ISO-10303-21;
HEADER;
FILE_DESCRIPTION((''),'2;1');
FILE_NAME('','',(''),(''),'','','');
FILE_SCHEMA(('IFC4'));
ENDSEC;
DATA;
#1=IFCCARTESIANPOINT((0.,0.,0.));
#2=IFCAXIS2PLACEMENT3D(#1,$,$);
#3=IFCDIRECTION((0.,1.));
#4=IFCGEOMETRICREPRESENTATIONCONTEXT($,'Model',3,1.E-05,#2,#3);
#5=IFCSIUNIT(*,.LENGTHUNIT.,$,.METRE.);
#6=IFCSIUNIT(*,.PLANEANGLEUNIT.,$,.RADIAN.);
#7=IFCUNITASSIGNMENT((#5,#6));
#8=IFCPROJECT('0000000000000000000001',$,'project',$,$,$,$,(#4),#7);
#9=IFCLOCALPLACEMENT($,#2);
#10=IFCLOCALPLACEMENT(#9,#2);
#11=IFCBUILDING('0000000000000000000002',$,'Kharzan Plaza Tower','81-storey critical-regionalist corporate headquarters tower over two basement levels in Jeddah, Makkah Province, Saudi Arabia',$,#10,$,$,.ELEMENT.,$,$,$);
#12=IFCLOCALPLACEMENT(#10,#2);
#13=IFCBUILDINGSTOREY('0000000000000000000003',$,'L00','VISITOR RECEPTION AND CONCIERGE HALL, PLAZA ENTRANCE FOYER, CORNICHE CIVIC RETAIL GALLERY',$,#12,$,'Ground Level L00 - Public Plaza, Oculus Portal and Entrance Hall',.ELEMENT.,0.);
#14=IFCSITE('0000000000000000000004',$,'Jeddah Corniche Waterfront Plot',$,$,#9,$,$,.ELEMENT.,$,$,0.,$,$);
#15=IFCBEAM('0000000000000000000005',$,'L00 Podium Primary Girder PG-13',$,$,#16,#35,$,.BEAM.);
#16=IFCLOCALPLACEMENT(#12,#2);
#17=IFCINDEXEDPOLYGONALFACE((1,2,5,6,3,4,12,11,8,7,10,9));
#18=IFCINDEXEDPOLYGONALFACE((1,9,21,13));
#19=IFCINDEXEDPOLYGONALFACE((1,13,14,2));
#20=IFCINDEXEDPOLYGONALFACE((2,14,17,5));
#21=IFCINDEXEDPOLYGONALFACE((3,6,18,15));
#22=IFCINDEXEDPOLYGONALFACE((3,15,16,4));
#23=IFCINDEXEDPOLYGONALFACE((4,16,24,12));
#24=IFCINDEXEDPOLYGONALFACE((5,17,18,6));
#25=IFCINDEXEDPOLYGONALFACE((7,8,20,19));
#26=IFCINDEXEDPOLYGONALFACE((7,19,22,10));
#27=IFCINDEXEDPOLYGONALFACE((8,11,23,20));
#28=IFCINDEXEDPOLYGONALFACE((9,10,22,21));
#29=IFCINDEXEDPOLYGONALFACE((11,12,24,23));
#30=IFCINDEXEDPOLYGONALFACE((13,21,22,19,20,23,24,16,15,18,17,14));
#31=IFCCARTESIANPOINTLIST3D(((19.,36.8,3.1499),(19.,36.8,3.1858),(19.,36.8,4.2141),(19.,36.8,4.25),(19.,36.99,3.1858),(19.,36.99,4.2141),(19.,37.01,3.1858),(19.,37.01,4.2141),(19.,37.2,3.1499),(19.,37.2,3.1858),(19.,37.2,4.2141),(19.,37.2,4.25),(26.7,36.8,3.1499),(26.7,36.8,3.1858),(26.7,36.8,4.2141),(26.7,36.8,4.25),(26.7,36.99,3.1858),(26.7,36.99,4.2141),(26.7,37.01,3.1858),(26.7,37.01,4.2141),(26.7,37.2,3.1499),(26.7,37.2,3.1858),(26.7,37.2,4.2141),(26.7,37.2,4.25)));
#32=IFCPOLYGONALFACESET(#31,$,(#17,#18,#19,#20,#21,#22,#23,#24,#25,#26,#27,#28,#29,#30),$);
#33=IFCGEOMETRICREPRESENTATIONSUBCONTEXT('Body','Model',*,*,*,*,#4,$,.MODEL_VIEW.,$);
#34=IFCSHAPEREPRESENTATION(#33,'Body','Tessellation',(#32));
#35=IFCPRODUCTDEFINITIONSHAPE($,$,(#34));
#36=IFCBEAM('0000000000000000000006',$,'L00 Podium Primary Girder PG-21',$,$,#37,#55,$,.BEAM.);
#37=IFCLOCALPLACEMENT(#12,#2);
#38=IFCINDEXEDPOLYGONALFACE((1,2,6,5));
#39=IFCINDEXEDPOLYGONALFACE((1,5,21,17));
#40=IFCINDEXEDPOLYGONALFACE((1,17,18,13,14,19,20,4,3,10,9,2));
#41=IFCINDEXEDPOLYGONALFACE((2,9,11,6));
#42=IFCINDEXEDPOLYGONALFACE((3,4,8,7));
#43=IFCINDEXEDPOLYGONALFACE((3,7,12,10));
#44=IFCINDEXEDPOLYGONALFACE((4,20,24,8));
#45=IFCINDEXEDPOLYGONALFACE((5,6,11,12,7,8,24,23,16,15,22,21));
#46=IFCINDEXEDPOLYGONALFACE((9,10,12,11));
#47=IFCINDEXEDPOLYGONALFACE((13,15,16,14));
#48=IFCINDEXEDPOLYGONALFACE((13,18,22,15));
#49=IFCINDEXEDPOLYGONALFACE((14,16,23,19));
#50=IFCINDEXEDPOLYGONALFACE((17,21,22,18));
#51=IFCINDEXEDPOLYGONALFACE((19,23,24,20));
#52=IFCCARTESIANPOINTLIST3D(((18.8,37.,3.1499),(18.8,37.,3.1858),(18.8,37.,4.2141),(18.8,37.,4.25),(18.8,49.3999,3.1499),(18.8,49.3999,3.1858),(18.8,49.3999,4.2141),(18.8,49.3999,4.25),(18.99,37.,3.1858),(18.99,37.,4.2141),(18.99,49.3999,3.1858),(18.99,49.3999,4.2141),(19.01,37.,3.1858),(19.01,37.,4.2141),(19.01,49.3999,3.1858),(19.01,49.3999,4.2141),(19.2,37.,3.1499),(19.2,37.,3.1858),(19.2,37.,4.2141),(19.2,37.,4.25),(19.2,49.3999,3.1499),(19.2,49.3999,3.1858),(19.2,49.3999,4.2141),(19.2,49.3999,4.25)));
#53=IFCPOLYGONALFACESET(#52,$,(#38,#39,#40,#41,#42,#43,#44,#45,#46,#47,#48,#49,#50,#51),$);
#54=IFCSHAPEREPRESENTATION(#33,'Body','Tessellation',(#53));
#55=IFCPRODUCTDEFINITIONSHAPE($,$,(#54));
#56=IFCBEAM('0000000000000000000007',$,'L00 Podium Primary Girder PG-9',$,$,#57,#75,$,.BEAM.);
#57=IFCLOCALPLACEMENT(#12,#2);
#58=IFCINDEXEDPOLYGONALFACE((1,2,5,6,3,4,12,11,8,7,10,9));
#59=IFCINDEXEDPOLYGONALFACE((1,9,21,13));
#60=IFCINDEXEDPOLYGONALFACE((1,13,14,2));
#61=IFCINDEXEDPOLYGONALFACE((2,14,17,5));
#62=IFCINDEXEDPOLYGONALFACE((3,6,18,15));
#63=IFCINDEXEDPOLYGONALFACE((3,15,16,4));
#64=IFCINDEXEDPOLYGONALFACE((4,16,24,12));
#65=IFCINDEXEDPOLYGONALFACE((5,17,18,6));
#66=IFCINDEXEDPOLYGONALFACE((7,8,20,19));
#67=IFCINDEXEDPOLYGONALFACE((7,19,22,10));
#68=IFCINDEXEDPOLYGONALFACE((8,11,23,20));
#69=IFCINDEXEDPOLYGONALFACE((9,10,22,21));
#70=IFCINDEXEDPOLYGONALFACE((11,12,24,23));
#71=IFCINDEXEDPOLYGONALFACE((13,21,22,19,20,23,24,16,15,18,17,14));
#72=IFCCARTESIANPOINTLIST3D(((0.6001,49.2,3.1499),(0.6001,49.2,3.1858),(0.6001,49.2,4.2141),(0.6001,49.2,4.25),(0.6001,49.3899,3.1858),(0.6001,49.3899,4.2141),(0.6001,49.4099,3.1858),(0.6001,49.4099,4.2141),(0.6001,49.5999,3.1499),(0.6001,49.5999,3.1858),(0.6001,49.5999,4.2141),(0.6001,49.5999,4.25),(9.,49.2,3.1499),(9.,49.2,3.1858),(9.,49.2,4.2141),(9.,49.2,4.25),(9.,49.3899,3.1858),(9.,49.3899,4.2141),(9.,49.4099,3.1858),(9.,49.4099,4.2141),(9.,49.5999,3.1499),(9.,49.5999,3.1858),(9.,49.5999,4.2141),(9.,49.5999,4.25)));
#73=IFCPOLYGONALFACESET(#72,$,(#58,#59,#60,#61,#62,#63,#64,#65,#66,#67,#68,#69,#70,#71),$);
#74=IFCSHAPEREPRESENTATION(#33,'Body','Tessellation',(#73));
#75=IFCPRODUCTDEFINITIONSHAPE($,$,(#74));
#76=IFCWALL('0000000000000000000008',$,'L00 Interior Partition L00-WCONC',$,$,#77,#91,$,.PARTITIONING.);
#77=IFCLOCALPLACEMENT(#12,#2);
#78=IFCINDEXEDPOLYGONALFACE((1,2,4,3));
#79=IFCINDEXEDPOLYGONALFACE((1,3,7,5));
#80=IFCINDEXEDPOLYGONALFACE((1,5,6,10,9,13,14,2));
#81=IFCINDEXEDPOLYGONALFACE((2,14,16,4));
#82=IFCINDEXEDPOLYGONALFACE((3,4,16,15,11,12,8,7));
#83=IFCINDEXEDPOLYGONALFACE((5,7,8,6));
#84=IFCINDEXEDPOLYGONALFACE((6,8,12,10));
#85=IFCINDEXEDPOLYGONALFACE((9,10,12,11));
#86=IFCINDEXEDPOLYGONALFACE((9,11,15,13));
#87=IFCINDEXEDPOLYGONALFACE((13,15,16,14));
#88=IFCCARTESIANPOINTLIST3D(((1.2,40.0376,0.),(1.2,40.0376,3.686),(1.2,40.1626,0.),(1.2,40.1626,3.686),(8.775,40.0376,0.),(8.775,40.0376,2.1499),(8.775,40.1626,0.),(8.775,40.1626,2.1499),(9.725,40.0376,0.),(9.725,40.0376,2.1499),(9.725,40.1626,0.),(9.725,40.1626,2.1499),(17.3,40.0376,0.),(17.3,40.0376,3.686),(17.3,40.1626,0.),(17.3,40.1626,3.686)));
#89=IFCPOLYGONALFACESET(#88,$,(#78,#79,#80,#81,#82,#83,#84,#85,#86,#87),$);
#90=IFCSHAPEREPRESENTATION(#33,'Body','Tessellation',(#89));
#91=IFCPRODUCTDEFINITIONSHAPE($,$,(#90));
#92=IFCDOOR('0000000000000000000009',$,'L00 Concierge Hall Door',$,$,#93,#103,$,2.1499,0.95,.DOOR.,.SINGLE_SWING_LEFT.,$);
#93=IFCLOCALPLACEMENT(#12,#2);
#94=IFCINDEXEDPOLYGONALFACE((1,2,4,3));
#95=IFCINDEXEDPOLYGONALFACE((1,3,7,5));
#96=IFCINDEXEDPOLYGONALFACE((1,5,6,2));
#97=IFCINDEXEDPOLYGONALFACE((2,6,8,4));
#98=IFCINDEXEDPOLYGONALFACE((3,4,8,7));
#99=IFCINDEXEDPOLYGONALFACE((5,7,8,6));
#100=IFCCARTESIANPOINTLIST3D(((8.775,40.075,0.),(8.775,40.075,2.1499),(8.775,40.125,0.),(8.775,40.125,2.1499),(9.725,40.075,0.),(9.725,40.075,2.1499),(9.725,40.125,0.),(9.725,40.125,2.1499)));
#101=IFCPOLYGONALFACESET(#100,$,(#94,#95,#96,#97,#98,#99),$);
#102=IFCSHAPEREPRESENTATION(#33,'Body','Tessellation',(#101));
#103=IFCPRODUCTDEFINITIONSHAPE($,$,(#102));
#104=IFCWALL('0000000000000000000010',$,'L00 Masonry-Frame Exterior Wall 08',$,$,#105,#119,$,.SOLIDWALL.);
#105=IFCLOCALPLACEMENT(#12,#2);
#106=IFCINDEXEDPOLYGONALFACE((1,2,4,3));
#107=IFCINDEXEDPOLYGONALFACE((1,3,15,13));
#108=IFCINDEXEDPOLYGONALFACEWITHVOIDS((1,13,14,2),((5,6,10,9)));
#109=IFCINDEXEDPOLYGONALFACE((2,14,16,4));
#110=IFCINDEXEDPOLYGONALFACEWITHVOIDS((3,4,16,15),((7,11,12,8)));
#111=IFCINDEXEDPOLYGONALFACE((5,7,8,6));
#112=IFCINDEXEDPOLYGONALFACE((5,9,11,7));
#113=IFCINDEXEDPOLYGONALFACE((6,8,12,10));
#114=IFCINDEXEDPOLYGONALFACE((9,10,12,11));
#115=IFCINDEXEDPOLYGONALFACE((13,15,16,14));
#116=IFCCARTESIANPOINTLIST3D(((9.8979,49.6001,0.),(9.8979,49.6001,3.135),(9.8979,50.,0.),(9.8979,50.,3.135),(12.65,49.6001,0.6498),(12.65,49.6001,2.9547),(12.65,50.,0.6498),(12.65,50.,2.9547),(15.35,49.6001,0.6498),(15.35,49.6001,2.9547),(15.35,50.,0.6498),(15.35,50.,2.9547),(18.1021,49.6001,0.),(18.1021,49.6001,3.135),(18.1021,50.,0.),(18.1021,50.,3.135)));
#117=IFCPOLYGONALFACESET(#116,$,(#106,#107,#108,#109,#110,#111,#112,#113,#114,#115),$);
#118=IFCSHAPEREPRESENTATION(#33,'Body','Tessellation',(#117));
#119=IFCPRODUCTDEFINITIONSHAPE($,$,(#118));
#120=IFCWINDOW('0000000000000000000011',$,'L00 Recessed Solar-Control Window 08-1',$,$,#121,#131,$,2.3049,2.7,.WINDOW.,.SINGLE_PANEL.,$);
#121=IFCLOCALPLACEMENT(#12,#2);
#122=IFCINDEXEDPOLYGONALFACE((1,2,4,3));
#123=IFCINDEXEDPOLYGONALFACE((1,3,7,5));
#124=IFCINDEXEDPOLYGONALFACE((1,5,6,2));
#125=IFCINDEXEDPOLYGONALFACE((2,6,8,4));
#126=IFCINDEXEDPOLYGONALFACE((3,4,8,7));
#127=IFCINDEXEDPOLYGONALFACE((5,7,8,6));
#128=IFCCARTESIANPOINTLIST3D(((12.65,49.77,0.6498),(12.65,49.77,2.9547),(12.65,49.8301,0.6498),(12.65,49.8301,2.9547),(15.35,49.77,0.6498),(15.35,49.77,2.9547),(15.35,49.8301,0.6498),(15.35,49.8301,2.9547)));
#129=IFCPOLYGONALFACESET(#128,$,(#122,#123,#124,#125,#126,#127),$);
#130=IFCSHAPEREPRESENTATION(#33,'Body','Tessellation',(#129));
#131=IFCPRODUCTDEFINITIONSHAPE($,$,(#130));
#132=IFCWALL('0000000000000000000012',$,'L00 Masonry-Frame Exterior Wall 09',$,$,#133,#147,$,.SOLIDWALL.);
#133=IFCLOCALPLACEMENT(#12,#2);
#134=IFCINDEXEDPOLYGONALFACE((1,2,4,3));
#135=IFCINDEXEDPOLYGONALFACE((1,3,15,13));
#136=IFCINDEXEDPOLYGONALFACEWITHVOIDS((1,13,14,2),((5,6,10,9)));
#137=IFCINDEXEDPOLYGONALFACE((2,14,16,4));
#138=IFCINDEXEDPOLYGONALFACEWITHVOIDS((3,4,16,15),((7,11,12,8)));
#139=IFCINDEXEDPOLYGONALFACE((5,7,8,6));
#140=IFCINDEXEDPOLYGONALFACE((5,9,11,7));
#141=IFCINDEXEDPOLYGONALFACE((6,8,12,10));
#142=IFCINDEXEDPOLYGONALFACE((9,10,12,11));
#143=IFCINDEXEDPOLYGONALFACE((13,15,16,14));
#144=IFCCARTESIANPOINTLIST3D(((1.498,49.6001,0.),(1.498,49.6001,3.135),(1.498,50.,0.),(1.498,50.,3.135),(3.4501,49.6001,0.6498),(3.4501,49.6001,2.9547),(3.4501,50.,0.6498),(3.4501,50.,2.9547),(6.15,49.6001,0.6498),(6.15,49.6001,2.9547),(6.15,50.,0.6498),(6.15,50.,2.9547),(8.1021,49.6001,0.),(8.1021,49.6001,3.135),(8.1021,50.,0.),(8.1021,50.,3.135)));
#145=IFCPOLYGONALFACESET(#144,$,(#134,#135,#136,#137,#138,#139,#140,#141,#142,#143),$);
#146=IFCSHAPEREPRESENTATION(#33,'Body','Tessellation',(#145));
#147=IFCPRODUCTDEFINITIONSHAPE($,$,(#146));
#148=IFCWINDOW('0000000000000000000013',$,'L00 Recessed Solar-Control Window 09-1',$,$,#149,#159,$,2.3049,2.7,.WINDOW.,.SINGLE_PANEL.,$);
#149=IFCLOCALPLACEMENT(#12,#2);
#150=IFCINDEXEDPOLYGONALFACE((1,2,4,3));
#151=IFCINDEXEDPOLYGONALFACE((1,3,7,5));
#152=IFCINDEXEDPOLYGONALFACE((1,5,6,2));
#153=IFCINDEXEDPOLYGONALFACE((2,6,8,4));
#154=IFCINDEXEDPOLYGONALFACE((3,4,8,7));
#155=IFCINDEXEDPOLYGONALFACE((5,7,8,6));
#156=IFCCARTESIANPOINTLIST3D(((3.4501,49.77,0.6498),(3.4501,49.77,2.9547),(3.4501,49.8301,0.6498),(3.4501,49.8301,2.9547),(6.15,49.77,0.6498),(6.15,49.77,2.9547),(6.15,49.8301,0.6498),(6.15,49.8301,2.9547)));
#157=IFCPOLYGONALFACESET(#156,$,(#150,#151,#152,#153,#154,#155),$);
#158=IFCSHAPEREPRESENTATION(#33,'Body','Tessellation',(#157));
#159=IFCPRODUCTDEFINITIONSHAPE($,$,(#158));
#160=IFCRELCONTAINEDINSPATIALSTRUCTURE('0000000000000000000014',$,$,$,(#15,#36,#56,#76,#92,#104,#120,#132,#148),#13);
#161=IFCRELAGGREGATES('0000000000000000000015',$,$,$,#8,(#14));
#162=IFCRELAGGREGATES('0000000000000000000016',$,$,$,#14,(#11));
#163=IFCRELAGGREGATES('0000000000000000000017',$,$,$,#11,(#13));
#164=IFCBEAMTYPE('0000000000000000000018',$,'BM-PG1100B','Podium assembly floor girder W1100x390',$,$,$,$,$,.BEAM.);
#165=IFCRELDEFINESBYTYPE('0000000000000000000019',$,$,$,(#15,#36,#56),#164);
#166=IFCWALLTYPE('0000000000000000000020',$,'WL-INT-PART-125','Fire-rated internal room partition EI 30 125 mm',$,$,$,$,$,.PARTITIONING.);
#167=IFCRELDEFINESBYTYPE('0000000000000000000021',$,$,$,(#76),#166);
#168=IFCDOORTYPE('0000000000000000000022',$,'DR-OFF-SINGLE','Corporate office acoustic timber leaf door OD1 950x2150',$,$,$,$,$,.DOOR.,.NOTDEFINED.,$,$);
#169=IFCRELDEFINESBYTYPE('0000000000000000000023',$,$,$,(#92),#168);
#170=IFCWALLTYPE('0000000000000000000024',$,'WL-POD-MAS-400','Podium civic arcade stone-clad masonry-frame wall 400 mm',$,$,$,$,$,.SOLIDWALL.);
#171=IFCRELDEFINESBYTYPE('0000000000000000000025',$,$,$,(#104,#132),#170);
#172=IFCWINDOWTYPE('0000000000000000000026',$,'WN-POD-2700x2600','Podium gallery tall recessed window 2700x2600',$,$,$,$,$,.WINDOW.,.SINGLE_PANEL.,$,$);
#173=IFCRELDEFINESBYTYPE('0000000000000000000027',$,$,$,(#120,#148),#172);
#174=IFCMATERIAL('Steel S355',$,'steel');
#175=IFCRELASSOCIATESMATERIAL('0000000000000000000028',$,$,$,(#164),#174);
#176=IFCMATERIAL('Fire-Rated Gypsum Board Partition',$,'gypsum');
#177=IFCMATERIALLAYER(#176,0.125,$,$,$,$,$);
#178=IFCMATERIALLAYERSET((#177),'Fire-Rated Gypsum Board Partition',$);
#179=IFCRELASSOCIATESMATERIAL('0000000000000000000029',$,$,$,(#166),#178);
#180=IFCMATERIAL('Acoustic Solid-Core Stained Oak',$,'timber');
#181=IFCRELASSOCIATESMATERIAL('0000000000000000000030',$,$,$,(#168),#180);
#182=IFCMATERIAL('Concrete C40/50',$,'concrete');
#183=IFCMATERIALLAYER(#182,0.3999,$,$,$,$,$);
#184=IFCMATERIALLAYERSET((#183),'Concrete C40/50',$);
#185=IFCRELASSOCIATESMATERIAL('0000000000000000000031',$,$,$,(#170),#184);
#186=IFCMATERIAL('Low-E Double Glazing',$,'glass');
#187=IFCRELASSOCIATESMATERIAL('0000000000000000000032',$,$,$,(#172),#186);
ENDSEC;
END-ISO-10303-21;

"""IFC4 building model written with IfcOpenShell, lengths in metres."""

from ifc_helpers import new_model, si_unit, direction, frame, frame_2d, origin, origin_2d, place, context, subcontext, project, spatial, rectangle, i_section, extrude, source, transform, mapped, material, layer, layer_set, material_profile, profile_set, type_object, element, fill, save


model = new_model("IFC4")

# Units and contexts
model_context = context("Model", 3, precision=1e-05, world=origin(), true_north=direction((0.0, 1.0)))
body_context = subcontext(model_context, "Body", "Model", "MODEL_VIEW")
ifc_project = project(units=[si_unit("LENGTHUNIT", "METRE"), si_unit("PLANEANGLEUNIT", "RADIAN")], contexts=[model_context])

# Site, building, storey
site_placement = place(None, origin())
site = spatial("IfcSite", under=ifc_project, at=site_placement, Name="Jeddah Corniche Waterfront Plot", CompositionType="ELEMENT", RefElevation=0.0)
building_placement = place(site_placement, origin())
building = spatial("IfcBuilding", under=site, at=building_placement, Name="Kharzan Plaza Tower", Description="81-storey critical-regionalist corporate headquarters tower over two basement levels in Jeddah, Makkah Province, Saudi Arabia", CompositionType="ELEMENT")
storey_placement = place(building_placement, origin())
storey = spatial("IfcBuildingStorey", under=building, at=storey_placement, Name="L00", Description="VISITOR RECEPTION AND CONCIERGE HALL, PLAZA ENTRANCE FOYER, CORNICHE CIVIC RETAIL GALLERY", LongName="Ground Level L00 - Public Plaza, Oculus Portal and Entrance Hall", CompositionType="ELEMENT", Elevation=0.0)

# Beams
ifc_material_1 = material(Name="Steel S355", Category="steel")
ifc_material_profile_1 = material_profile(ifc_material_1, i_section(OverallWidth=0.3999, OverallDepth=1.1001, WebThickness=0.02, FlangeThickness=0.0359, at=origin_2d()), Name="W1100x390")
ifc_profile_set_1 = profile_set([ifc_material_profile_1], Name="Steel S355")
beam_type_1 = type_object("IfcBeamType", Name="BM-PG1100B", Description="Podium assembly floor girder W1100x390", PredefinedType="BEAM", material=ifc_profile_set_1)
shared_shape_1 = source(origin(), body_context, "Body", "SweptSolid", [
    extrude(i_section(OverallWidth=0.3999, OverallDepth=1.1001, WebThickness=0.02, FlangeThickness=0.0359, at=origin_2d()), origin(), (0.0, 0.0, 1.0), 7.7),
])
for number, where, z_axis, x_axis, name in (
    (1, (19.0, 37.0, 3.7), (1.0, 0.0, 0.0), (0.0, 1.0, 0.0), "L00 Podium Primary Girder PG-13"),
):
    element("IfcBeam", number, at=place(storey_placement, frame(where, z_axis=z_axis, x_axis=x_axis)), inside=storey, type_object=beam_type_1, Name=name, PredefinedType="BEAM", context=body_context, shape_type="MappedRepresentation", body=[
        mapped(shared_shape_1, transform((0.0, 0.0, 0.0), x_axis=(1.0, 0.0, 0.0), y_axis=(0.0, 1.0, 0.0), z_axis=(0.0, 0.0, 1.0))),
    ])
shared_shape_2 = source(origin(), body_context, "Body", "SweptSolid", [
    extrude(i_section(OverallWidth=0.3999, OverallDepth=1.1001, WebThickness=0.02, FlangeThickness=0.0359, at=origin_2d()), origin(), (0.0, 0.0, 1.0), 12.3999),
])
beam_1_placement = place(storey_placement, frame((19.0, 37.0, 3.7), z_axis=(0.0, 1.0, 0.0), x_axis=(-1.0, 0.0, 0.0)))
element("IfcBeam", 2, at=beam_1_placement, inside=storey, type_object=beam_type_1, Name="L00 Podium Primary Girder PG-21", PredefinedType="BEAM", context=body_context, shape_type="MappedRepresentation", body=[
    mapped(shared_shape_2, transform((0.0, 0.0, 0.0), x_axis=(1.0, 0.0, 0.0), y_axis=(0.0, 1.0, 0.0), z_axis=(0.0, 0.0, 1.0))),
])
shared_shape_3 = source(origin(), body_context, "Body", "SweptSolid", [
    extrude(i_section(OverallWidth=0.3999, OverallDepth=1.1001, WebThickness=0.02, FlangeThickness=0.0359, at=origin_2d()), origin(), (0.0, 0.0, 1.0), 8.3999),
])
beam_2_placement = place(storey_placement, frame((0.6001, 49.3999, 3.7), z_axis=(1.0, 0.0, 0.0), x_axis=(0.0, 1.0, 0.0)))
element("IfcBeam", 3, at=beam_2_placement, inside=storey, type_object=beam_type_1, Name="L00 Podium Primary Girder PG-9", PredefinedType="BEAM", context=body_context, shape_type="MappedRepresentation", body=[
    mapped(shared_shape_3, transform((0.0, 0.0, 0.0), x_axis=(1.0, 0.0, 0.0), y_axis=(0.0, 1.0, 0.0), z_axis=(0.0, 0.0, 1.0))),
])

# Wall, opening, door
ifc_material_2 = material(Name="Fire-Rated Gypsum Board Partition", Category="gypsum")
ifc_layer_1 = layer(ifc_material_2, 0.125)
ifc_layer_set_1 = layer_set([ifc_layer_1], Name="Fire-Rated Gypsum Board Partition")
wall_type_1 = type_object("IfcWallType", Name="WL-INT-PART-125", Description="Fire-rated internal room partition EI 30 125 mm", PredefinedType="PARTITIONING", material=ifc_layer_set_1)
wall_1_placement = place(storey_placement, frame((1.2, 40.1001, 0.0), z_axis=(0.0, 0.0, 1.0), x_axis=(1.0, 0.0, 0.0)))
wall_1 = element("IfcWall", 4, at=wall_1_placement, inside=storey, type_object=wall_type_1, Name="L00 Interior Partition L00-WCONC", PredefinedType="PARTITIONING", context=body_context, shape_type="SweptSolid", body=[
    extrude(rectangle(XDim=16.1001, YDim=0.125, at=frame_2d((8.05, 0.0))), origin(), (0.0, 0.0, 1.0), 3.686),
])
opening_1_placement = place(wall_1_placement, frame((7.575, 0.0, 0.0)))
opening_1 = element("IfcOpeningElement", 5, at=opening_1_placement, cuts=wall_1, PredefinedType="OPENING", context=body_context, shape_type="SweptSolid", body=[
    extrude(rectangle(XDim=0.95, YDim=2.1499, at=frame_2d((0.4751, 1.075))), frame((0.0, 0.0725, 0.0), z_axis=(0.0, -1.0, 0.0), x_axis=(1.0, 0.0, 0.0)), (0.0, 0.0, 1.0), 0.145),
])
ifc_material_3 = material(Name="Acoustic Solid-Core Stained Oak", Category="timber")
door_type = type_object("IfcDoorType", Name="DR-OFF-SINGLE", Description="Corporate office acoustic timber leaf door OD1 950x2150", OperationType="NOTDEFINED", PredefinedType="DOOR", material=ifc_material_3)
shared_shape_4 = source(origin(), body_context, "Body", "SweptSolid", [
    extrude(rectangle(XDim=0.95, YDim=2.1499, at=frame_2d((0.4751, 1.075))), frame((0.0, 0.0249, 0.0), z_axis=(0.0, -1.0, 0.0), x_axis=(1.0, 0.0, 0.0)), (0.0, 0.0, 1.0), 0.05),
])
door_placement = place(opening_1_placement, origin())
door = element("IfcDoor", 6, at=door_placement, inside=storey, type_object=door_type, Name="L00 Concierge Hall Door", OperationType="SINGLE_SWING_LEFT", OverallHeight=2.1499, OverallWidth=0.95, PredefinedType="DOOR", context=body_context, shape_type="MappedRepresentation", body=[
    mapped(shared_shape_4, transform((0.0, 0.0, 0.0), x_axis=(1.0, 0.0, 0.0), y_axis=(0.0, 1.0, 0.0), z_axis=(0.0, 0.0, 1.0))),
])
fill(opening_1, door)

# Walls, openings, windows
ifc_material_4 = material(Name="Concrete C40/50", Category="concrete")
ifc_layer_2 = layer(ifc_material_4, 0.3999)
ifc_layer_set_2 = layer_set([ifc_layer_2], Name="Concrete C40/50")
wall_type_2 = type_object("IfcWallType", Name="WL-POD-MAS-400", Description="Podium civic arcade stone-clad masonry-frame wall 400 mm", PredefinedType="SOLIDWALL", material=ifc_layer_set_2)
wall_2_placement = place(storey_placement, frame((18.1021, 49.8, 0.0), z_axis=(0.0, 0.0, 1.0), x_axis=(-1.0, 0.0, 0.0)))
wall_2 = element("IfcWall", 7, at=wall_2_placement, inside=storey, type_object=wall_type_2, Name="L00 Masonry-Frame Exterior Wall 08", PredefinedType="SOLIDWALL", context=body_context, shape_type="SweptSolid", body=[
    extrude(rectangle(XDim=8.2041, YDim=0.3999, at=frame_2d((4.1021, 0.0))), origin(), (0.0, 0.0, 1.0), 3.135),
])
opening_2_placement = place(wall_2_placement, frame((2.752, 0.0, 0.6499)))
opening_2 = element("IfcOpeningElement", 8, at=opening_2_placement, cuts=wall_2, PredefinedType="OPENING", context=body_context, shape_type="SweptSolid", body=[
    extrude(rectangle(XDim=2.7, YDim=2.3049, at=frame_2d((1.3501, 1.1523))), frame((0.0, 0.21, 0.0), z_axis=(0.0, -1.0, 0.0), x_axis=(1.0, 0.0, 0.0)), (0.0, 0.0, 1.0), 0.4199),
])
ifc_material_5 = material(Name="Low-E Double Glazing", Category="glass")
window_type = type_object("IfcWindowType", Name="WN-POD-2700x2600", Description="Podium gallery tall recessed window 2700x2600", PartitioningType="SINGLE_PANEL", PredefinedType="WINDOW", material=ifc_material_5)
shared_shape_5 = source(origin(), body_context, "Body", "SweptSolid", [
    extrude(rectangle(XDim=2.7, YDim=2.3049, at=frame_2d((1.3501, 1.1523))), frame((0.0, 0.03, 0.0), z_axis=(0.0, -1.0, 0.0), x_axis=(1.0, 0.0, 0.0)), (0.0, 0.0, 1.0), 0.0601),
])
window_1_placement = place(opening_2_placement, origin())
window_1 = element("IfcWindow", 9, at=window_1_placement, inside=storey, type_object=window_type, Name="L00 Recessed Solar-Control Window 08-1", OverallHeight=2.3049, OverallWidth=2.7, PartitioningType="SINGLE_PANEL", PredefinedType="WINDOW", context=body_context, shape_type="MappedRepresentation", body=[
    mapped(shared_shape_5, transform((0.0, 0.0, 0.0), x_axis=(1.0, 0.0, 0.0), y_axis=(0.0, 1.0, 0.0), z_axis=(0.0, 0.0, 1.0))),
])
fill(opening_2, window_1)
wall_3_placement = place(storey_placement, frame((8.1021, 49.8, 0.0), z_axis=(0.0, 0.0, 1.0), x_axis=(-1.0, 0.0, 0.0)))
wall_3 = element("IfcWall", 10, at=wall_3_placement, inside=storey, type_object=wall_type_2, Name="L00 Masonry-Frame Exterior Wall 09", PredefinedType="SOLIDWALL", context=body_context, shape_type="SweptSolid", body=[
    extrude(rectangle(XDim=6.604, YDim=0.3999, at=frame_2d((3.302, 0.0))), origin(), (0.0, 0.0, 1.0), 3.135),
])
opening_3_placement = place(wall_3_placement, frame((1.9519, 0.0, 0.6499)))
opening_3 = element("IfcOpeningElement", 11, at=opening_3_placement, cuts=wall_3, PredefinedType="OPENING", context=body_context, shape_type="SweptSolid", body=[
    extrude(rectangle(XDim=2.7, YDim=2.3049, at=frame_2d((1.3501, 1.1523))), frame((0.0, 0.21, 0.0), z_axis=(0.0, -1.0, 0.0), x_axis=(1.0, 0.0, 0.0)), (0.0, 0.0, 1.0), 0.4199),
])
window_2_placement = place(opening_3_placement, origin())
window_2 = element("IfcWindow", 12, at=window_2_placement, inside=storey, type_object=window_type, Name="L00 Recessed Solar-Control Window 09-1", OverallHeight=2.3049, OverallWidth=2.7, PartitioningType="SINGLE_PANEL", PredefinedType="WINDOW", context=body_context, shape_type="MappedRepresentation", body=[
    mapped(shared_shape_5, transform((0.0, 0.0, 0.0), x_axis=(1.0, 0.0, 0.0), y_axis=(0.0, 1.0, 0.0), z_axis=(0.0, 0.0, 1.0))),
])
fill(opening_3, window_2)

save(model, "model.ifc")
